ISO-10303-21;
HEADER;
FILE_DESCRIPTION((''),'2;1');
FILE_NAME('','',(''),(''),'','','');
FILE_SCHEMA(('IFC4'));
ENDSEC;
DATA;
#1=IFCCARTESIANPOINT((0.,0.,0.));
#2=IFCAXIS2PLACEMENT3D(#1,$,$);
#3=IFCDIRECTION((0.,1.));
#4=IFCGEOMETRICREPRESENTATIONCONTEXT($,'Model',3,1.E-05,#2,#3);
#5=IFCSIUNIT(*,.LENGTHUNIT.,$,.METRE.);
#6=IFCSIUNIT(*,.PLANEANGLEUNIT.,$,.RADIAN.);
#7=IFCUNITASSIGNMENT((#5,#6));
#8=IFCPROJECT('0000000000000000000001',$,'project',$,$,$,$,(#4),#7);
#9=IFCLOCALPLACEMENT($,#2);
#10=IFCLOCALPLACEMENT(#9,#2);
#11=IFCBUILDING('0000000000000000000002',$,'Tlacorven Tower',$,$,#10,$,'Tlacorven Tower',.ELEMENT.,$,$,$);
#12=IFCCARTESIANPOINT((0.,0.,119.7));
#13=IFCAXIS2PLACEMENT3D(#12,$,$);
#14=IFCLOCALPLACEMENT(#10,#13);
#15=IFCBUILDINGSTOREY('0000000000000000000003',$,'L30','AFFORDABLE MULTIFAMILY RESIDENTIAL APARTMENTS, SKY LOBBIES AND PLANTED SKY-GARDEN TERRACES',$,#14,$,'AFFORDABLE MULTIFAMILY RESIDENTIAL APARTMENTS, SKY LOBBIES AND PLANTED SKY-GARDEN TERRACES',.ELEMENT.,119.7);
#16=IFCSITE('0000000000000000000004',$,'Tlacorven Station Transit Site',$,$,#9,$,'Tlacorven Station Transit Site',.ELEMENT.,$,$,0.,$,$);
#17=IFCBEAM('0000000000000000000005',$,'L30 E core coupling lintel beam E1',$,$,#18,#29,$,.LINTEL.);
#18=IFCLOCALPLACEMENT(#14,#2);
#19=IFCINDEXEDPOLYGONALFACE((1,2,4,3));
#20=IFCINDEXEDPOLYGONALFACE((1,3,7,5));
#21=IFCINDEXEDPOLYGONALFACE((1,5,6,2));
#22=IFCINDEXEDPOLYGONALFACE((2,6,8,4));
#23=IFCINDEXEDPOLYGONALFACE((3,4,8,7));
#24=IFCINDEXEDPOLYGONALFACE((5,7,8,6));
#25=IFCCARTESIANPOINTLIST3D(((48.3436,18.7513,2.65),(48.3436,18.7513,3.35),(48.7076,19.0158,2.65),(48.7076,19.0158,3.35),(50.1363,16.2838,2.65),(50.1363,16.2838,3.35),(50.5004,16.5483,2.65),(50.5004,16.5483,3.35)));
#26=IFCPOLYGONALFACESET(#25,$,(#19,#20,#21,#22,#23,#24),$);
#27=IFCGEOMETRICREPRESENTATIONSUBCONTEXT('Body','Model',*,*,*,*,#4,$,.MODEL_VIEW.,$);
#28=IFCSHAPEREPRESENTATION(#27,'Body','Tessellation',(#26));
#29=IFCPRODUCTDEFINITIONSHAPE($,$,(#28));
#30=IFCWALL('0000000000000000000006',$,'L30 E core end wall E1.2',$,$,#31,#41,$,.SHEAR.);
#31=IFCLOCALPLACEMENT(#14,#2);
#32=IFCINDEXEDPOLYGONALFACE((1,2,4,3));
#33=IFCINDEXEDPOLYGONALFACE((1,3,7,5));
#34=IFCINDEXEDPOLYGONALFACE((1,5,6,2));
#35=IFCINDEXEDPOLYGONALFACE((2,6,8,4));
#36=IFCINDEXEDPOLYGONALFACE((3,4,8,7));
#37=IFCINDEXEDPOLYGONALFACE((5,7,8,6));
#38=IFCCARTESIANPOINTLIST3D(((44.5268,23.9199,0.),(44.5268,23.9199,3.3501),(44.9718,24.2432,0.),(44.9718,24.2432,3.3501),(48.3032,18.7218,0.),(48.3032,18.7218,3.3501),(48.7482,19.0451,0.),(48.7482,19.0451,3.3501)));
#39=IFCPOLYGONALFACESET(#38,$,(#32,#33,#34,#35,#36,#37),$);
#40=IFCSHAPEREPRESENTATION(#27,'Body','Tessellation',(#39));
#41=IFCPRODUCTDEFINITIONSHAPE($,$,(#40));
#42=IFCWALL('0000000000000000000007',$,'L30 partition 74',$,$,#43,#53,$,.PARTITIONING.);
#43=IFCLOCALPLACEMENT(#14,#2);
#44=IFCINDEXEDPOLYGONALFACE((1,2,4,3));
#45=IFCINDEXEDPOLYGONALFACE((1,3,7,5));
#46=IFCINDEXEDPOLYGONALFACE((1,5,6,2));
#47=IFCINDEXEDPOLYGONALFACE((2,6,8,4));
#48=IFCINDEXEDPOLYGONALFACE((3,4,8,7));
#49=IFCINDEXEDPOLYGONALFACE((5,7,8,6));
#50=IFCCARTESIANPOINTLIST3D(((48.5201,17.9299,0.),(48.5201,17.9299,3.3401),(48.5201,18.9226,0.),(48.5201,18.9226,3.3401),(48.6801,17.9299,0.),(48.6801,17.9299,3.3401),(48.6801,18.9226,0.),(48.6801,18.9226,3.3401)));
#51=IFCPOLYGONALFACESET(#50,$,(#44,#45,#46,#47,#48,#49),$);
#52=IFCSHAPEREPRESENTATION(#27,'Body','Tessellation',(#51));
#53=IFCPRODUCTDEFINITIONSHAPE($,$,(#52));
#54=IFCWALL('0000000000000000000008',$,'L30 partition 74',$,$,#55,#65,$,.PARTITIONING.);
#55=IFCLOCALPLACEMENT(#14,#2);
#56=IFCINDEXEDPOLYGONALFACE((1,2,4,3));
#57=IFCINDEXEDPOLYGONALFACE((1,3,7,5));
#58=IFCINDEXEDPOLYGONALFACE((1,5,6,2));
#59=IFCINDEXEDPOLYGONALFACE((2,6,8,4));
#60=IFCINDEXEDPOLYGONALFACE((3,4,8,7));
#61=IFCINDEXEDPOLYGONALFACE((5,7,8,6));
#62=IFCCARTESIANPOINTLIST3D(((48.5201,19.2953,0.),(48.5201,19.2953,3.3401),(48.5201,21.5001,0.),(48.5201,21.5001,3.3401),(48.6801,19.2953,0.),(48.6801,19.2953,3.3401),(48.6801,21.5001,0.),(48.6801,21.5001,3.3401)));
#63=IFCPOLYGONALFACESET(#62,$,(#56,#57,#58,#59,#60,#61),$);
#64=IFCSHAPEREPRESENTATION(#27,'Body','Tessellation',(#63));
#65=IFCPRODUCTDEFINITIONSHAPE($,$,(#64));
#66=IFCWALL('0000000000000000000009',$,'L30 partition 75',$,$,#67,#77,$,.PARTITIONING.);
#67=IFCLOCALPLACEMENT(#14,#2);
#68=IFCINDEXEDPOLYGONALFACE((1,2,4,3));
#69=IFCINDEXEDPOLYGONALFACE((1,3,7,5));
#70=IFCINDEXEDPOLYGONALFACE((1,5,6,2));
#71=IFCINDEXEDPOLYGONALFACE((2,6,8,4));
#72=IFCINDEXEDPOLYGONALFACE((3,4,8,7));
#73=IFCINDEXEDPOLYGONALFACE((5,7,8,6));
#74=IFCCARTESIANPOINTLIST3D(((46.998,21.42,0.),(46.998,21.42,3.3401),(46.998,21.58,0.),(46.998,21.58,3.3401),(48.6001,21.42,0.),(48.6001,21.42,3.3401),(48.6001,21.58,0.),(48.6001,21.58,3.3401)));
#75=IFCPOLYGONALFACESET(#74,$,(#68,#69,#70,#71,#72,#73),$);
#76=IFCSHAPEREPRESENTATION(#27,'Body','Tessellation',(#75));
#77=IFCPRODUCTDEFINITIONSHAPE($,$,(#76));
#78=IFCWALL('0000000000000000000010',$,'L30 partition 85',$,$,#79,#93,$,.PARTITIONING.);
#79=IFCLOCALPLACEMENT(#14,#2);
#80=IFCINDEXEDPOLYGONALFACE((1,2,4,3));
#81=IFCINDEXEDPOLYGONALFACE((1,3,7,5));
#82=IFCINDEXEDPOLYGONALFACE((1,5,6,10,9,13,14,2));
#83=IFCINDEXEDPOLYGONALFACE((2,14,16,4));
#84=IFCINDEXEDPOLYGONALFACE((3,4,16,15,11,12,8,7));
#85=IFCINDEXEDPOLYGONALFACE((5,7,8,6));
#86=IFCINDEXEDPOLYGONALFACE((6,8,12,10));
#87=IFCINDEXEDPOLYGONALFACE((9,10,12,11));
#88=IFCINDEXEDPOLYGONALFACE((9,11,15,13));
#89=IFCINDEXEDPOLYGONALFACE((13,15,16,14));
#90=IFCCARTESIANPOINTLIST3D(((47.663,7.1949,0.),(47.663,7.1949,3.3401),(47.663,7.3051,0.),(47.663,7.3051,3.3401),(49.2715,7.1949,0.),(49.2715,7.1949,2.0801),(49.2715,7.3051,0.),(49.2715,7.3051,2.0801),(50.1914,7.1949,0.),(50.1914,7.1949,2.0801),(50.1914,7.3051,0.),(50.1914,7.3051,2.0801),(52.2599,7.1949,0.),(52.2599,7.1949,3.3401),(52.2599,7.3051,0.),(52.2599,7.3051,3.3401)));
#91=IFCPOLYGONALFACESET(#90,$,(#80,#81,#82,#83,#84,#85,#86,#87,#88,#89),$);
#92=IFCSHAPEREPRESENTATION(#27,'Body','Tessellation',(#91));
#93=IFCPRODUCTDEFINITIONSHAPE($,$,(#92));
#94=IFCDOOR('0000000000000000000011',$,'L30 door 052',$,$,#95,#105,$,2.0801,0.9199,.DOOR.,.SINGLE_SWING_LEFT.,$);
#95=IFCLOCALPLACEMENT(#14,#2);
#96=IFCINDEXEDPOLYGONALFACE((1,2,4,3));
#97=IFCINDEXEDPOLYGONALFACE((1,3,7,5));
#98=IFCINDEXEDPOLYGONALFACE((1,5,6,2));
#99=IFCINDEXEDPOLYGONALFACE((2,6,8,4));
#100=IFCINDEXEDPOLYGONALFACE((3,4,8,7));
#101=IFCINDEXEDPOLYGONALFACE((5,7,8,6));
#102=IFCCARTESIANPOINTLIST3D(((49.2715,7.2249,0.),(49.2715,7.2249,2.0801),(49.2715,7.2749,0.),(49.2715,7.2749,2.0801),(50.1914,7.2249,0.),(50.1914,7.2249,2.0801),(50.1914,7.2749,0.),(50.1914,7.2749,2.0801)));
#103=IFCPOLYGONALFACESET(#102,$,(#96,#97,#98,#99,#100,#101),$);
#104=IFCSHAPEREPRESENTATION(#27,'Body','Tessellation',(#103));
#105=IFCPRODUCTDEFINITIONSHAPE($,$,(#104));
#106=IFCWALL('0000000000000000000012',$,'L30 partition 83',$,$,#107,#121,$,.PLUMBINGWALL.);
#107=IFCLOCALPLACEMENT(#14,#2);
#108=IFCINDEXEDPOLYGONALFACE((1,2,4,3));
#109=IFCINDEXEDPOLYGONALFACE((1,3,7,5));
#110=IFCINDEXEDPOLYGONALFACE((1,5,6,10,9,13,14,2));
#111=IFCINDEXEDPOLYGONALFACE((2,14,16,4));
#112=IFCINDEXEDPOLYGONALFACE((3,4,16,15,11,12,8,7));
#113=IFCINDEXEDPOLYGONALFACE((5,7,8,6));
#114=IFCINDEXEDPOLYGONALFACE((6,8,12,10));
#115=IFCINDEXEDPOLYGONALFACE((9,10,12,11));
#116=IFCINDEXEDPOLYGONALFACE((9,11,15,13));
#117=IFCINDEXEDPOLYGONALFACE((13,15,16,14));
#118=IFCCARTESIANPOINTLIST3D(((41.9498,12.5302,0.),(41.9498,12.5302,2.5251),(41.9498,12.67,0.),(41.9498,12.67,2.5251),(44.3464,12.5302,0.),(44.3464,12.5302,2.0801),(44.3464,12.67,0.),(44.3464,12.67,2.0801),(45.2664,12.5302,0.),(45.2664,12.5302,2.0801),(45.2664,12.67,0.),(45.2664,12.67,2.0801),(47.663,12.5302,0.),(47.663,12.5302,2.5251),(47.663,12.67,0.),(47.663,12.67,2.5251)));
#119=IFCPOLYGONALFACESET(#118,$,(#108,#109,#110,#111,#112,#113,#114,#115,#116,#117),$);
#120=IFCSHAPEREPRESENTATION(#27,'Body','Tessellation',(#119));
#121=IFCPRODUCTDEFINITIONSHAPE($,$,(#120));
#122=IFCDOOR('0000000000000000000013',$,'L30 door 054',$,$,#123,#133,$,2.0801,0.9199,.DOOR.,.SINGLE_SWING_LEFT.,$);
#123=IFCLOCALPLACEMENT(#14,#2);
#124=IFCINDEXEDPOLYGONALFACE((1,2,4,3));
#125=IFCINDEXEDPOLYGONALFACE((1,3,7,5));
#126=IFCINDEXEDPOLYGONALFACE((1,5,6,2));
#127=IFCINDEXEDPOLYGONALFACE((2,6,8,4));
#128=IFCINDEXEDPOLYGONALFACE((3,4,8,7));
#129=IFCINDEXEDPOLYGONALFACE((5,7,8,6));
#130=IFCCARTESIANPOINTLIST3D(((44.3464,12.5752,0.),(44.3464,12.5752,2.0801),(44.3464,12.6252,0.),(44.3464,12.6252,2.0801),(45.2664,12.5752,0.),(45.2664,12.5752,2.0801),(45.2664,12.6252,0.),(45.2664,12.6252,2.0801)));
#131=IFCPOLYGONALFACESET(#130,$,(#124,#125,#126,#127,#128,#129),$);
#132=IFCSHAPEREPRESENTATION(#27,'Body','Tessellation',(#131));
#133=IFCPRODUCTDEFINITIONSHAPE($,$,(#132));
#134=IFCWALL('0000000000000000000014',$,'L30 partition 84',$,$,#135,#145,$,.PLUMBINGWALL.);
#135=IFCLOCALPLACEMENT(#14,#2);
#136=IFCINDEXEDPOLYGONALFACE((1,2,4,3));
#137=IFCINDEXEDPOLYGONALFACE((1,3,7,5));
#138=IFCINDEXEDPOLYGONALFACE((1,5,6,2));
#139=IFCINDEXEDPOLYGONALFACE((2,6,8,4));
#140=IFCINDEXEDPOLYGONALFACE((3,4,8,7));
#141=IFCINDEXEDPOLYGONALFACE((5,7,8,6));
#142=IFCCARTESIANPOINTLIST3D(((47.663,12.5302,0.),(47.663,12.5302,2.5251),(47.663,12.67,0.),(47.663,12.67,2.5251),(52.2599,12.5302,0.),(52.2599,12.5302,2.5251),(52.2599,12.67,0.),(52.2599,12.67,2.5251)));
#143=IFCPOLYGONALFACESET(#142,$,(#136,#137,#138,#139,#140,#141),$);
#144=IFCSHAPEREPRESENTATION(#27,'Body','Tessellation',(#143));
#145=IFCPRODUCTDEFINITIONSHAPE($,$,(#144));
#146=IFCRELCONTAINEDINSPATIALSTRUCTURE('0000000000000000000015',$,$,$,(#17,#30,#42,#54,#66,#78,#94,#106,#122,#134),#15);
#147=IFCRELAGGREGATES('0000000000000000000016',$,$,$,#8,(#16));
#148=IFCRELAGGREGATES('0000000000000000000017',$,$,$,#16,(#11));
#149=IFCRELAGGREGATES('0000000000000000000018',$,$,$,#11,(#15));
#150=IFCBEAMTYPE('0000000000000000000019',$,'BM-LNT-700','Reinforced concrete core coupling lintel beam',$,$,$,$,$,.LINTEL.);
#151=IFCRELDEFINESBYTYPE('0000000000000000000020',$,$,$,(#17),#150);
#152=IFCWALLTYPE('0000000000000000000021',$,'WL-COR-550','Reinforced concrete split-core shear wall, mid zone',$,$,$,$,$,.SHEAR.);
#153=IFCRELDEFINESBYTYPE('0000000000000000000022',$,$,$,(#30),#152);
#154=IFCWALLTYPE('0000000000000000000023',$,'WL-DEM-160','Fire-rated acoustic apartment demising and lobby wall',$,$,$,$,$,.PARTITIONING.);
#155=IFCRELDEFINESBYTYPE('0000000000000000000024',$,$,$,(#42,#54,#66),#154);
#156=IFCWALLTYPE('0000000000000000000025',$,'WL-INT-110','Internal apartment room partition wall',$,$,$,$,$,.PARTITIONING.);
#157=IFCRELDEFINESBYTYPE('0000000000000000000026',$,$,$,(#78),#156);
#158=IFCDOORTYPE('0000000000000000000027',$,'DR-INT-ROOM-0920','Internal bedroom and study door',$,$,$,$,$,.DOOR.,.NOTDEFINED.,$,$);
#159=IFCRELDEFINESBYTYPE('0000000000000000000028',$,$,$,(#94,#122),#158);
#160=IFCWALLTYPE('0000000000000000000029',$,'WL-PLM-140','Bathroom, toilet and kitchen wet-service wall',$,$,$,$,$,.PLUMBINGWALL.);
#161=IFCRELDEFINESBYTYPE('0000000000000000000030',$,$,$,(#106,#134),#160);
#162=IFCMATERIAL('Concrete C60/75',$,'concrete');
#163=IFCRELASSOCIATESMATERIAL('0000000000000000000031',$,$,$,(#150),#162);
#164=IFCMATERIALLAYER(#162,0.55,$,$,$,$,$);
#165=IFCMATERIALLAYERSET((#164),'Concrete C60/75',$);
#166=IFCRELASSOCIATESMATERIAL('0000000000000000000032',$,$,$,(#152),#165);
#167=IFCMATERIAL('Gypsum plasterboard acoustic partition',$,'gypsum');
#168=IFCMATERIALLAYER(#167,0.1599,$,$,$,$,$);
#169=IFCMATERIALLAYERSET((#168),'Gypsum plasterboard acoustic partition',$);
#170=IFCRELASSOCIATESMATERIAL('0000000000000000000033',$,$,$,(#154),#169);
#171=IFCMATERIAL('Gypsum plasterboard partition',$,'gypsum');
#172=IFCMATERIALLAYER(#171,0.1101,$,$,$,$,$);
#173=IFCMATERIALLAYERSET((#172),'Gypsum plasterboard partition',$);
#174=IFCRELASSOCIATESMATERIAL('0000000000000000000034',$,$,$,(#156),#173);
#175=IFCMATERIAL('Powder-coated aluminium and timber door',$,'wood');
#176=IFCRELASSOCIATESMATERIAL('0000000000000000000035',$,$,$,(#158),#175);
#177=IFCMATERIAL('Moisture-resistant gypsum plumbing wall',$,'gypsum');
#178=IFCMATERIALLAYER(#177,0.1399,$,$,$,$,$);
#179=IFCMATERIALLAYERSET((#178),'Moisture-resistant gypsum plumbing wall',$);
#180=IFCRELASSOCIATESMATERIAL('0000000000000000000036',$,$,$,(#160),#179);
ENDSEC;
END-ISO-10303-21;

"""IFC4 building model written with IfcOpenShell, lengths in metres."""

from ifc_helpers import new_model, si_unit, direction, frame, frame_2d, origin, origin_2d, place, context, subcontext, project, spatial, rectangle, extrude, source, transform, mapped, material, layer, layer_set, material_profile, profile_set, type_object, element, fill, save


model = new_model("IFC4")

# Units and contexts
model_context = context("Model", 3, precision=1e-05, world=origin(), true_north=direction((0.0, 1.0)))
body_context = subcontext(model_context, "Body", "Model", "MODEL_VIEW")
ifc_project = project(units=[si_unit("LENGTHUNIT", "METRE"), si_unit("PLANEANGLEUNIT", "RADIAN")], contexts=[model_context])

# Site, building, storey
site_placement = place(None, origin())
site = spatial("IfcSite", under=ifc_project, at=site_placement, Name="Tlacorven Station Transit Site", LongName="Tlacorven Station Transit Site", CompositionType="ELEMENT", RefElevation=0.0)
building_placement = place(site_placement, origin())
building = spatial("IfcBuilding", under=site, at=building_placement, Name="Tlacorven Tower", LongName="Tlacorven Tower", CompositionType="ELEMENT")
storey_placement = place(building_placement, frame((0.0, 0.0, 119.7)))
storey = spatial("IfcBuildingStorey", under=building, at=storey_placement, Name="L30", Description="AFFORDABLE MULTIFAMILY RESIDENTIAL APARTMENTS, SKY LOBBIES AND PLANTED SKY-GARDEN TERRACES", LongName="AFFORDABLE MULTIFAMILY RESIDENTIAL APARTMENTS, SKY LOBBIES AND PLANTED SKY-GARDEN TERRACES", CompositionType="ELEMENT", Elevation=119.7)

# Beam
ifc_material_1 = material(Name="Concrete C60/75", Category="concrete")
ifc_material_profile = material_profile(ifc_material_1, rectangle(XDim=0.45, YDim=0.7, at=origin_2d()), Name="RC 450X700")
ifc_profile_set = profile_set([ifc_material_profile], Name="Concrete C60/75")
beam_type = type_object("IfcBeamType", Name="BM-LNT-700", Description="Reinforced concrete core coupling lintel beam", PredefinedType="LINTEL", material=ifc_profile_set)
shared_shape_1 = source(origin(), body_context, "Body", "SweptSolid", [
    extrude(rectangle(XDim=0.45, YDim=0.7, at=origin_2d()), origin(), (0.0, 0.0, 1.0), 3.05),
])
beam_placement = place(storey_placement, frame((50.3184, 16.416, 3.0), z_axis=(-0.587777, 0.809023, 0.0), x_axis=(-0.809023, -0.587777, 0.0)))
element("IfcBeam", 1, at=beam_placement, inside=storey, type_object=beam_type, Name="L30 E core coupling lintel beam E1", PredefinedType="LINTEL", context=body_context, shape_type="MappedRepresentation", body=[
    mapped(shared_shape_1, transform((0.0, 0.0, 0.0), scale=1.0)),
])

# Walls
ifc_layer_1 = layer(ifc_material_1, 0.55)
ifc_layer_set_1 = layer_set([ifc_layer_1], Name="Concrete C60/75")
wall_type_1 = type_object("IfcWallType", Name="WL-COR-550", Description="Reinforced concrete split-core shear wall, mid zone", PredefinedType="SHEAR", material=ifc_layer_set_1)
wall_1_placement = place(storey_placement, frame((48.5256, 18.8835, 0.0), z_axis=(0.0, 0.0, 1.0), x_axis=(-0.587765, 0.809032, 0.0)))
element("IfcWall", 2, at=wall_1_placement, inside=storey, type_object=wall_type_1, Name="L30 E core end wall E1.2", PredefinedType="SHEAR", context=body_context, shape_type="SweptSolid", body=[
    extrude(rectangle(XDim=6.425, YDim=0.55, at=frame_2d((3.2124, 0.0))), origin(), (0.0, 0.0, 1.0), 3.3501),
])
ifc_material_2 = material(Name="Gypsum plasterboard acoustic partition", Category="gypsum")
ifc_layer_2 = layer(ifc_material_2, 0.1599)
ifc_layer_set_2 = layer_set([ifc_layer_2], Name="Gypsum plasterboard acoustic partition")
wall_type_2 = type_object("IfcWallType", Name="WL-DEM-160", Description="Fire-rated acoustic apartment demising and lobby wall", PredefinedType="PARTITIONING", material=ifc_layer_set_2)
wall_2_placement = place(storey_placement, frame((48.6001, 17.9299, 0.0), z_axis=(0.0, 0.0, 1.0), x_axis=(0.0, 1.0, 0.0)))
element("IfcWall", 3, at=wall_2_placement, inside=storey, type_object=wall_type_2, Name="L30 partition 74", PredefinedType="PARTITIONING", context=body_context, shape_type="SweptSolid", body=[
    extrude(rectangle(XDim=0.9927, YDim=0.1599, at=frame_2d((0.4963, 0.0))), origin(), (0.0, 0.0, 1.0), 3.3401),
])
wall_3_placement = place(storey_placement, frame((48.6001, 19.2952, 0.0), z_axis=(0.0, 0.0, 1.0), x_axis=(0.0, 1.0, 0.0)))
element("IfcWall", 4, at=wall_3_placement, inside=storey, type_object=wall_type_2, Name="L30 partition 74", PredefinedType="PARTITIONING", context=body_context, shape_type="SweptSolid", body=[
    extrude(rectangle(XDim=2.2048, YDim=0.1599, at=frame_2d((1.1025, 0.0))), origin(), (0.0, 0.0, 1.0), 3.3401),
])
wall_4_placement = place(storey_placement, frame((46.998, 21.5, 0.0), z_axis=(0.0, 0.0, 1.0), x_axis=(1.0, 0.0, 0.0)))
element("IfcWall", 5, at=wall_4_placement, inside=storey, type_object=wall_type_2, Name="L30 partition 75", PredefinedType="PARTITIONING", context=body_context, shape_type="SweptSolid", body=[
    extrude(rectangle(XDim=1.6021, YDim=0.1599, at=frame_2d((0.801, 0.0))), origin(), (0.0, 0.0, 1.0), 3.3401),
])

# Walls, openings, doors
ifc_material_3 = material(Name="Gypsum plasterboard partition", Category="gypsum")
ifc_layer_3 = layer(ifc_material_3, 0.1101)
ifc_layer_set_3 = layer_set([ifc_layer_3], Name="Gypsum plasterboard partition")
wall_type_3 = type_object("IfcWallType", Name="WL-INT-110", Description="Internal apartment room partition wall", PredefinedType="PARTITIONING", material=ifc_layer_set_3)
wall_5_placement = place(storey_placement, frame((47.6631, 7.25, 0.0), z_axis=(0.0, 0.0, 1.0), x_axis=(1.0, 0.0, 0.0)))
wall_5 = element("IfcWall", 6, at=wall_5_placement, inside=storey, type_object=wall_type_3, Name="L30 partition 85", PredefinedType="PARTITIONING", context=body_context, shape_type="SweptSolid", body=[
    extrude(rectangle(XDim=4.5969, YDim=0.1101, at=frame_2d((2.2983, 0.0))), origin(), (0.0, 0.0, 1.0), 3.3401),
])
opening_1_placement = place(wall_5_placement, frame((1.6084, 0.0, 0.0)))
opening_1 = element("IfcOpeningElement", 7, at=opening_1_placement, cuts=wall_5, PredefinedType="OPENING", context=body_context, shape_type="SweptSolid", body=[
    extrude(rectangle(XDim=0.9199, YDim=2.0801, at=frame_2d((0.46, 1.04))), frame((0.0, 0.0649, 0.0), z_axis=(0.0, -1.0, 0.0), x_axis=(1.0, 0.0, 0.0)), (0.0, 0.0, 1.0), 0.1301),
])
ifc_material_4 = material(Name="Powder-coated aluminium and timber door", Category="wood")
door_type_1 = type_object("IfcDoorType", Name="DR-INT-ROOM-0920", Description="Internal bedroom and study door", OperationType="NOTDEFINED", PredefinedType="DOOR", material=ifc_material_4)
shared_shape_2 = source(origin(), body_context, "Body", "SweptSolid", [
    extrude(rectangle(XDim=0.9199, YDim=2.0801, at=frame_2d((0.46, 1.04))), frame((0.0, 0.0249, 0.0), z_axis=(0.0, -1.0, 0.0), x_axis=(1.0, 0.0, 0.0)), (0.0, 0.0, 1.0), 0.05),
])
door_1_placement = place(opening_1_placement, origin())
door_1 = element("IfcDoor", 8, at=door_1_placement, inside=storey, type_object=door_type_1, Name="L30 door 052", OperationType="SINGLE_SWING_LEFT", OverallHeight=2.0801, OverallWidth=0.9199, PredefinedType="DOOR", context=body_context, shape_type="MappedRepresentation", body=[
    mapped(shared_shape_2, transform((0.0, 0.0, 0.0), scale=1.0)),
])
fill(opening_1, door_1)
ifc_material_5 = material(Name="Moisture-resistant gypsum plumbing wall", Category="gypsum")
ifc_layer_4 = layer(ifc_material_5, 0.1399)
ifc_layer_set_4 = layer_set([ifc_layer_4], Name="Moisture-resistant gypsum plumbing wall")
wall_type_4 = type_object("IfcWallType", Name="WL-PLM-140", Description="Bathroom, toilet and kitchen wet-service wall", PredefinedType="PLUMBINGWALL", material=ifc_layer_set_4)
wall_6_placement = place(storey_placement, frame((41.95, 12.6001, 0.0), z_axis=(0.0, 0.0, 1.0), x_axis=(1.0, 0.0, 0.0)))
wall_6 = element("IfcWall", 9, at=wall_6_placement, inside=storey, type_object=wall_type_4, Name="L30 partition 83", PredefinedType="PLUMBINGWALL", context=body_context, shape_type="SweptSolid", body=[
    extrude(rectangle(XDim=5.7131, YDim=0.1399, at=frame_2d((2.8564, 0.0))), origin(), (0.0, 0.0, 1.0), 2.5251),
])
opening_2_placement = place(wall_6_placement, frame((2.3965, 0.0, 0.0)))
opening_2 = element("IfcOpeningElement", 10, at=opening_2_placement, cuts=wall_6, PredefinedType="OPENING", context=body_context, shape_type="SweptSolid", body=[
    extrude(rectangle(XDim=0.9199, YDim=2.0801, at=frame_2d((0.46, 1.04))), frame((0.0, 0.0801, 0.0), z_axis=(0.0, -1.0, 0.0), x_axis=(1.0, 0.0, 0.0)), (0.0, 0.0, 1.0), 0.1599),
])
door_2_placement = place(opening_2_placement, frame((0.9199, 0.0, 0.0), z_axis=(0.0, 0.0, 1.0), x_axis=(-1.0, 0.0, 0.0)))
door_2 = element("IfcDoor", 11, at=door_2_placement, inside=storey, type_object=door_type_1, Name="L30 door 054", OperationType="SINGLE_SWING_LEFT", OverallHeight=2.0801, OverallWidth=0.9199, PredefinedType="DOOR", context=body_context, shape_type="MappedRepresentation", body=[
    mapped(shared_shape_2, transform((0.0, 0.0, 0.0), scale=1.0)),
])
fill(opening_2, door_2)

# Wall
wall_7_placement = place(storey_placement, frame((47.6631, 12.6001, 0.0), z_axis=(0.0, 0.0, 1.0), x_axis=(1.0, 0.0, 0.0)))
element("IfcWall", 12, at=wall_7_placement, inside=storey, type_object=wall_type_4, Name="L30 partition 84", PredefinedType="PLUMBINGWALL", context=body_context, shape_type="SweptSolid", body=[
    extrude(rectangle(XDim=4.5969, YDim=0.1399, at=frame_2d((2.2983, 0.0))), origin(), (0.0, 0.0, 1.0), 2.5251),
])

save(model, "model.ifc")
